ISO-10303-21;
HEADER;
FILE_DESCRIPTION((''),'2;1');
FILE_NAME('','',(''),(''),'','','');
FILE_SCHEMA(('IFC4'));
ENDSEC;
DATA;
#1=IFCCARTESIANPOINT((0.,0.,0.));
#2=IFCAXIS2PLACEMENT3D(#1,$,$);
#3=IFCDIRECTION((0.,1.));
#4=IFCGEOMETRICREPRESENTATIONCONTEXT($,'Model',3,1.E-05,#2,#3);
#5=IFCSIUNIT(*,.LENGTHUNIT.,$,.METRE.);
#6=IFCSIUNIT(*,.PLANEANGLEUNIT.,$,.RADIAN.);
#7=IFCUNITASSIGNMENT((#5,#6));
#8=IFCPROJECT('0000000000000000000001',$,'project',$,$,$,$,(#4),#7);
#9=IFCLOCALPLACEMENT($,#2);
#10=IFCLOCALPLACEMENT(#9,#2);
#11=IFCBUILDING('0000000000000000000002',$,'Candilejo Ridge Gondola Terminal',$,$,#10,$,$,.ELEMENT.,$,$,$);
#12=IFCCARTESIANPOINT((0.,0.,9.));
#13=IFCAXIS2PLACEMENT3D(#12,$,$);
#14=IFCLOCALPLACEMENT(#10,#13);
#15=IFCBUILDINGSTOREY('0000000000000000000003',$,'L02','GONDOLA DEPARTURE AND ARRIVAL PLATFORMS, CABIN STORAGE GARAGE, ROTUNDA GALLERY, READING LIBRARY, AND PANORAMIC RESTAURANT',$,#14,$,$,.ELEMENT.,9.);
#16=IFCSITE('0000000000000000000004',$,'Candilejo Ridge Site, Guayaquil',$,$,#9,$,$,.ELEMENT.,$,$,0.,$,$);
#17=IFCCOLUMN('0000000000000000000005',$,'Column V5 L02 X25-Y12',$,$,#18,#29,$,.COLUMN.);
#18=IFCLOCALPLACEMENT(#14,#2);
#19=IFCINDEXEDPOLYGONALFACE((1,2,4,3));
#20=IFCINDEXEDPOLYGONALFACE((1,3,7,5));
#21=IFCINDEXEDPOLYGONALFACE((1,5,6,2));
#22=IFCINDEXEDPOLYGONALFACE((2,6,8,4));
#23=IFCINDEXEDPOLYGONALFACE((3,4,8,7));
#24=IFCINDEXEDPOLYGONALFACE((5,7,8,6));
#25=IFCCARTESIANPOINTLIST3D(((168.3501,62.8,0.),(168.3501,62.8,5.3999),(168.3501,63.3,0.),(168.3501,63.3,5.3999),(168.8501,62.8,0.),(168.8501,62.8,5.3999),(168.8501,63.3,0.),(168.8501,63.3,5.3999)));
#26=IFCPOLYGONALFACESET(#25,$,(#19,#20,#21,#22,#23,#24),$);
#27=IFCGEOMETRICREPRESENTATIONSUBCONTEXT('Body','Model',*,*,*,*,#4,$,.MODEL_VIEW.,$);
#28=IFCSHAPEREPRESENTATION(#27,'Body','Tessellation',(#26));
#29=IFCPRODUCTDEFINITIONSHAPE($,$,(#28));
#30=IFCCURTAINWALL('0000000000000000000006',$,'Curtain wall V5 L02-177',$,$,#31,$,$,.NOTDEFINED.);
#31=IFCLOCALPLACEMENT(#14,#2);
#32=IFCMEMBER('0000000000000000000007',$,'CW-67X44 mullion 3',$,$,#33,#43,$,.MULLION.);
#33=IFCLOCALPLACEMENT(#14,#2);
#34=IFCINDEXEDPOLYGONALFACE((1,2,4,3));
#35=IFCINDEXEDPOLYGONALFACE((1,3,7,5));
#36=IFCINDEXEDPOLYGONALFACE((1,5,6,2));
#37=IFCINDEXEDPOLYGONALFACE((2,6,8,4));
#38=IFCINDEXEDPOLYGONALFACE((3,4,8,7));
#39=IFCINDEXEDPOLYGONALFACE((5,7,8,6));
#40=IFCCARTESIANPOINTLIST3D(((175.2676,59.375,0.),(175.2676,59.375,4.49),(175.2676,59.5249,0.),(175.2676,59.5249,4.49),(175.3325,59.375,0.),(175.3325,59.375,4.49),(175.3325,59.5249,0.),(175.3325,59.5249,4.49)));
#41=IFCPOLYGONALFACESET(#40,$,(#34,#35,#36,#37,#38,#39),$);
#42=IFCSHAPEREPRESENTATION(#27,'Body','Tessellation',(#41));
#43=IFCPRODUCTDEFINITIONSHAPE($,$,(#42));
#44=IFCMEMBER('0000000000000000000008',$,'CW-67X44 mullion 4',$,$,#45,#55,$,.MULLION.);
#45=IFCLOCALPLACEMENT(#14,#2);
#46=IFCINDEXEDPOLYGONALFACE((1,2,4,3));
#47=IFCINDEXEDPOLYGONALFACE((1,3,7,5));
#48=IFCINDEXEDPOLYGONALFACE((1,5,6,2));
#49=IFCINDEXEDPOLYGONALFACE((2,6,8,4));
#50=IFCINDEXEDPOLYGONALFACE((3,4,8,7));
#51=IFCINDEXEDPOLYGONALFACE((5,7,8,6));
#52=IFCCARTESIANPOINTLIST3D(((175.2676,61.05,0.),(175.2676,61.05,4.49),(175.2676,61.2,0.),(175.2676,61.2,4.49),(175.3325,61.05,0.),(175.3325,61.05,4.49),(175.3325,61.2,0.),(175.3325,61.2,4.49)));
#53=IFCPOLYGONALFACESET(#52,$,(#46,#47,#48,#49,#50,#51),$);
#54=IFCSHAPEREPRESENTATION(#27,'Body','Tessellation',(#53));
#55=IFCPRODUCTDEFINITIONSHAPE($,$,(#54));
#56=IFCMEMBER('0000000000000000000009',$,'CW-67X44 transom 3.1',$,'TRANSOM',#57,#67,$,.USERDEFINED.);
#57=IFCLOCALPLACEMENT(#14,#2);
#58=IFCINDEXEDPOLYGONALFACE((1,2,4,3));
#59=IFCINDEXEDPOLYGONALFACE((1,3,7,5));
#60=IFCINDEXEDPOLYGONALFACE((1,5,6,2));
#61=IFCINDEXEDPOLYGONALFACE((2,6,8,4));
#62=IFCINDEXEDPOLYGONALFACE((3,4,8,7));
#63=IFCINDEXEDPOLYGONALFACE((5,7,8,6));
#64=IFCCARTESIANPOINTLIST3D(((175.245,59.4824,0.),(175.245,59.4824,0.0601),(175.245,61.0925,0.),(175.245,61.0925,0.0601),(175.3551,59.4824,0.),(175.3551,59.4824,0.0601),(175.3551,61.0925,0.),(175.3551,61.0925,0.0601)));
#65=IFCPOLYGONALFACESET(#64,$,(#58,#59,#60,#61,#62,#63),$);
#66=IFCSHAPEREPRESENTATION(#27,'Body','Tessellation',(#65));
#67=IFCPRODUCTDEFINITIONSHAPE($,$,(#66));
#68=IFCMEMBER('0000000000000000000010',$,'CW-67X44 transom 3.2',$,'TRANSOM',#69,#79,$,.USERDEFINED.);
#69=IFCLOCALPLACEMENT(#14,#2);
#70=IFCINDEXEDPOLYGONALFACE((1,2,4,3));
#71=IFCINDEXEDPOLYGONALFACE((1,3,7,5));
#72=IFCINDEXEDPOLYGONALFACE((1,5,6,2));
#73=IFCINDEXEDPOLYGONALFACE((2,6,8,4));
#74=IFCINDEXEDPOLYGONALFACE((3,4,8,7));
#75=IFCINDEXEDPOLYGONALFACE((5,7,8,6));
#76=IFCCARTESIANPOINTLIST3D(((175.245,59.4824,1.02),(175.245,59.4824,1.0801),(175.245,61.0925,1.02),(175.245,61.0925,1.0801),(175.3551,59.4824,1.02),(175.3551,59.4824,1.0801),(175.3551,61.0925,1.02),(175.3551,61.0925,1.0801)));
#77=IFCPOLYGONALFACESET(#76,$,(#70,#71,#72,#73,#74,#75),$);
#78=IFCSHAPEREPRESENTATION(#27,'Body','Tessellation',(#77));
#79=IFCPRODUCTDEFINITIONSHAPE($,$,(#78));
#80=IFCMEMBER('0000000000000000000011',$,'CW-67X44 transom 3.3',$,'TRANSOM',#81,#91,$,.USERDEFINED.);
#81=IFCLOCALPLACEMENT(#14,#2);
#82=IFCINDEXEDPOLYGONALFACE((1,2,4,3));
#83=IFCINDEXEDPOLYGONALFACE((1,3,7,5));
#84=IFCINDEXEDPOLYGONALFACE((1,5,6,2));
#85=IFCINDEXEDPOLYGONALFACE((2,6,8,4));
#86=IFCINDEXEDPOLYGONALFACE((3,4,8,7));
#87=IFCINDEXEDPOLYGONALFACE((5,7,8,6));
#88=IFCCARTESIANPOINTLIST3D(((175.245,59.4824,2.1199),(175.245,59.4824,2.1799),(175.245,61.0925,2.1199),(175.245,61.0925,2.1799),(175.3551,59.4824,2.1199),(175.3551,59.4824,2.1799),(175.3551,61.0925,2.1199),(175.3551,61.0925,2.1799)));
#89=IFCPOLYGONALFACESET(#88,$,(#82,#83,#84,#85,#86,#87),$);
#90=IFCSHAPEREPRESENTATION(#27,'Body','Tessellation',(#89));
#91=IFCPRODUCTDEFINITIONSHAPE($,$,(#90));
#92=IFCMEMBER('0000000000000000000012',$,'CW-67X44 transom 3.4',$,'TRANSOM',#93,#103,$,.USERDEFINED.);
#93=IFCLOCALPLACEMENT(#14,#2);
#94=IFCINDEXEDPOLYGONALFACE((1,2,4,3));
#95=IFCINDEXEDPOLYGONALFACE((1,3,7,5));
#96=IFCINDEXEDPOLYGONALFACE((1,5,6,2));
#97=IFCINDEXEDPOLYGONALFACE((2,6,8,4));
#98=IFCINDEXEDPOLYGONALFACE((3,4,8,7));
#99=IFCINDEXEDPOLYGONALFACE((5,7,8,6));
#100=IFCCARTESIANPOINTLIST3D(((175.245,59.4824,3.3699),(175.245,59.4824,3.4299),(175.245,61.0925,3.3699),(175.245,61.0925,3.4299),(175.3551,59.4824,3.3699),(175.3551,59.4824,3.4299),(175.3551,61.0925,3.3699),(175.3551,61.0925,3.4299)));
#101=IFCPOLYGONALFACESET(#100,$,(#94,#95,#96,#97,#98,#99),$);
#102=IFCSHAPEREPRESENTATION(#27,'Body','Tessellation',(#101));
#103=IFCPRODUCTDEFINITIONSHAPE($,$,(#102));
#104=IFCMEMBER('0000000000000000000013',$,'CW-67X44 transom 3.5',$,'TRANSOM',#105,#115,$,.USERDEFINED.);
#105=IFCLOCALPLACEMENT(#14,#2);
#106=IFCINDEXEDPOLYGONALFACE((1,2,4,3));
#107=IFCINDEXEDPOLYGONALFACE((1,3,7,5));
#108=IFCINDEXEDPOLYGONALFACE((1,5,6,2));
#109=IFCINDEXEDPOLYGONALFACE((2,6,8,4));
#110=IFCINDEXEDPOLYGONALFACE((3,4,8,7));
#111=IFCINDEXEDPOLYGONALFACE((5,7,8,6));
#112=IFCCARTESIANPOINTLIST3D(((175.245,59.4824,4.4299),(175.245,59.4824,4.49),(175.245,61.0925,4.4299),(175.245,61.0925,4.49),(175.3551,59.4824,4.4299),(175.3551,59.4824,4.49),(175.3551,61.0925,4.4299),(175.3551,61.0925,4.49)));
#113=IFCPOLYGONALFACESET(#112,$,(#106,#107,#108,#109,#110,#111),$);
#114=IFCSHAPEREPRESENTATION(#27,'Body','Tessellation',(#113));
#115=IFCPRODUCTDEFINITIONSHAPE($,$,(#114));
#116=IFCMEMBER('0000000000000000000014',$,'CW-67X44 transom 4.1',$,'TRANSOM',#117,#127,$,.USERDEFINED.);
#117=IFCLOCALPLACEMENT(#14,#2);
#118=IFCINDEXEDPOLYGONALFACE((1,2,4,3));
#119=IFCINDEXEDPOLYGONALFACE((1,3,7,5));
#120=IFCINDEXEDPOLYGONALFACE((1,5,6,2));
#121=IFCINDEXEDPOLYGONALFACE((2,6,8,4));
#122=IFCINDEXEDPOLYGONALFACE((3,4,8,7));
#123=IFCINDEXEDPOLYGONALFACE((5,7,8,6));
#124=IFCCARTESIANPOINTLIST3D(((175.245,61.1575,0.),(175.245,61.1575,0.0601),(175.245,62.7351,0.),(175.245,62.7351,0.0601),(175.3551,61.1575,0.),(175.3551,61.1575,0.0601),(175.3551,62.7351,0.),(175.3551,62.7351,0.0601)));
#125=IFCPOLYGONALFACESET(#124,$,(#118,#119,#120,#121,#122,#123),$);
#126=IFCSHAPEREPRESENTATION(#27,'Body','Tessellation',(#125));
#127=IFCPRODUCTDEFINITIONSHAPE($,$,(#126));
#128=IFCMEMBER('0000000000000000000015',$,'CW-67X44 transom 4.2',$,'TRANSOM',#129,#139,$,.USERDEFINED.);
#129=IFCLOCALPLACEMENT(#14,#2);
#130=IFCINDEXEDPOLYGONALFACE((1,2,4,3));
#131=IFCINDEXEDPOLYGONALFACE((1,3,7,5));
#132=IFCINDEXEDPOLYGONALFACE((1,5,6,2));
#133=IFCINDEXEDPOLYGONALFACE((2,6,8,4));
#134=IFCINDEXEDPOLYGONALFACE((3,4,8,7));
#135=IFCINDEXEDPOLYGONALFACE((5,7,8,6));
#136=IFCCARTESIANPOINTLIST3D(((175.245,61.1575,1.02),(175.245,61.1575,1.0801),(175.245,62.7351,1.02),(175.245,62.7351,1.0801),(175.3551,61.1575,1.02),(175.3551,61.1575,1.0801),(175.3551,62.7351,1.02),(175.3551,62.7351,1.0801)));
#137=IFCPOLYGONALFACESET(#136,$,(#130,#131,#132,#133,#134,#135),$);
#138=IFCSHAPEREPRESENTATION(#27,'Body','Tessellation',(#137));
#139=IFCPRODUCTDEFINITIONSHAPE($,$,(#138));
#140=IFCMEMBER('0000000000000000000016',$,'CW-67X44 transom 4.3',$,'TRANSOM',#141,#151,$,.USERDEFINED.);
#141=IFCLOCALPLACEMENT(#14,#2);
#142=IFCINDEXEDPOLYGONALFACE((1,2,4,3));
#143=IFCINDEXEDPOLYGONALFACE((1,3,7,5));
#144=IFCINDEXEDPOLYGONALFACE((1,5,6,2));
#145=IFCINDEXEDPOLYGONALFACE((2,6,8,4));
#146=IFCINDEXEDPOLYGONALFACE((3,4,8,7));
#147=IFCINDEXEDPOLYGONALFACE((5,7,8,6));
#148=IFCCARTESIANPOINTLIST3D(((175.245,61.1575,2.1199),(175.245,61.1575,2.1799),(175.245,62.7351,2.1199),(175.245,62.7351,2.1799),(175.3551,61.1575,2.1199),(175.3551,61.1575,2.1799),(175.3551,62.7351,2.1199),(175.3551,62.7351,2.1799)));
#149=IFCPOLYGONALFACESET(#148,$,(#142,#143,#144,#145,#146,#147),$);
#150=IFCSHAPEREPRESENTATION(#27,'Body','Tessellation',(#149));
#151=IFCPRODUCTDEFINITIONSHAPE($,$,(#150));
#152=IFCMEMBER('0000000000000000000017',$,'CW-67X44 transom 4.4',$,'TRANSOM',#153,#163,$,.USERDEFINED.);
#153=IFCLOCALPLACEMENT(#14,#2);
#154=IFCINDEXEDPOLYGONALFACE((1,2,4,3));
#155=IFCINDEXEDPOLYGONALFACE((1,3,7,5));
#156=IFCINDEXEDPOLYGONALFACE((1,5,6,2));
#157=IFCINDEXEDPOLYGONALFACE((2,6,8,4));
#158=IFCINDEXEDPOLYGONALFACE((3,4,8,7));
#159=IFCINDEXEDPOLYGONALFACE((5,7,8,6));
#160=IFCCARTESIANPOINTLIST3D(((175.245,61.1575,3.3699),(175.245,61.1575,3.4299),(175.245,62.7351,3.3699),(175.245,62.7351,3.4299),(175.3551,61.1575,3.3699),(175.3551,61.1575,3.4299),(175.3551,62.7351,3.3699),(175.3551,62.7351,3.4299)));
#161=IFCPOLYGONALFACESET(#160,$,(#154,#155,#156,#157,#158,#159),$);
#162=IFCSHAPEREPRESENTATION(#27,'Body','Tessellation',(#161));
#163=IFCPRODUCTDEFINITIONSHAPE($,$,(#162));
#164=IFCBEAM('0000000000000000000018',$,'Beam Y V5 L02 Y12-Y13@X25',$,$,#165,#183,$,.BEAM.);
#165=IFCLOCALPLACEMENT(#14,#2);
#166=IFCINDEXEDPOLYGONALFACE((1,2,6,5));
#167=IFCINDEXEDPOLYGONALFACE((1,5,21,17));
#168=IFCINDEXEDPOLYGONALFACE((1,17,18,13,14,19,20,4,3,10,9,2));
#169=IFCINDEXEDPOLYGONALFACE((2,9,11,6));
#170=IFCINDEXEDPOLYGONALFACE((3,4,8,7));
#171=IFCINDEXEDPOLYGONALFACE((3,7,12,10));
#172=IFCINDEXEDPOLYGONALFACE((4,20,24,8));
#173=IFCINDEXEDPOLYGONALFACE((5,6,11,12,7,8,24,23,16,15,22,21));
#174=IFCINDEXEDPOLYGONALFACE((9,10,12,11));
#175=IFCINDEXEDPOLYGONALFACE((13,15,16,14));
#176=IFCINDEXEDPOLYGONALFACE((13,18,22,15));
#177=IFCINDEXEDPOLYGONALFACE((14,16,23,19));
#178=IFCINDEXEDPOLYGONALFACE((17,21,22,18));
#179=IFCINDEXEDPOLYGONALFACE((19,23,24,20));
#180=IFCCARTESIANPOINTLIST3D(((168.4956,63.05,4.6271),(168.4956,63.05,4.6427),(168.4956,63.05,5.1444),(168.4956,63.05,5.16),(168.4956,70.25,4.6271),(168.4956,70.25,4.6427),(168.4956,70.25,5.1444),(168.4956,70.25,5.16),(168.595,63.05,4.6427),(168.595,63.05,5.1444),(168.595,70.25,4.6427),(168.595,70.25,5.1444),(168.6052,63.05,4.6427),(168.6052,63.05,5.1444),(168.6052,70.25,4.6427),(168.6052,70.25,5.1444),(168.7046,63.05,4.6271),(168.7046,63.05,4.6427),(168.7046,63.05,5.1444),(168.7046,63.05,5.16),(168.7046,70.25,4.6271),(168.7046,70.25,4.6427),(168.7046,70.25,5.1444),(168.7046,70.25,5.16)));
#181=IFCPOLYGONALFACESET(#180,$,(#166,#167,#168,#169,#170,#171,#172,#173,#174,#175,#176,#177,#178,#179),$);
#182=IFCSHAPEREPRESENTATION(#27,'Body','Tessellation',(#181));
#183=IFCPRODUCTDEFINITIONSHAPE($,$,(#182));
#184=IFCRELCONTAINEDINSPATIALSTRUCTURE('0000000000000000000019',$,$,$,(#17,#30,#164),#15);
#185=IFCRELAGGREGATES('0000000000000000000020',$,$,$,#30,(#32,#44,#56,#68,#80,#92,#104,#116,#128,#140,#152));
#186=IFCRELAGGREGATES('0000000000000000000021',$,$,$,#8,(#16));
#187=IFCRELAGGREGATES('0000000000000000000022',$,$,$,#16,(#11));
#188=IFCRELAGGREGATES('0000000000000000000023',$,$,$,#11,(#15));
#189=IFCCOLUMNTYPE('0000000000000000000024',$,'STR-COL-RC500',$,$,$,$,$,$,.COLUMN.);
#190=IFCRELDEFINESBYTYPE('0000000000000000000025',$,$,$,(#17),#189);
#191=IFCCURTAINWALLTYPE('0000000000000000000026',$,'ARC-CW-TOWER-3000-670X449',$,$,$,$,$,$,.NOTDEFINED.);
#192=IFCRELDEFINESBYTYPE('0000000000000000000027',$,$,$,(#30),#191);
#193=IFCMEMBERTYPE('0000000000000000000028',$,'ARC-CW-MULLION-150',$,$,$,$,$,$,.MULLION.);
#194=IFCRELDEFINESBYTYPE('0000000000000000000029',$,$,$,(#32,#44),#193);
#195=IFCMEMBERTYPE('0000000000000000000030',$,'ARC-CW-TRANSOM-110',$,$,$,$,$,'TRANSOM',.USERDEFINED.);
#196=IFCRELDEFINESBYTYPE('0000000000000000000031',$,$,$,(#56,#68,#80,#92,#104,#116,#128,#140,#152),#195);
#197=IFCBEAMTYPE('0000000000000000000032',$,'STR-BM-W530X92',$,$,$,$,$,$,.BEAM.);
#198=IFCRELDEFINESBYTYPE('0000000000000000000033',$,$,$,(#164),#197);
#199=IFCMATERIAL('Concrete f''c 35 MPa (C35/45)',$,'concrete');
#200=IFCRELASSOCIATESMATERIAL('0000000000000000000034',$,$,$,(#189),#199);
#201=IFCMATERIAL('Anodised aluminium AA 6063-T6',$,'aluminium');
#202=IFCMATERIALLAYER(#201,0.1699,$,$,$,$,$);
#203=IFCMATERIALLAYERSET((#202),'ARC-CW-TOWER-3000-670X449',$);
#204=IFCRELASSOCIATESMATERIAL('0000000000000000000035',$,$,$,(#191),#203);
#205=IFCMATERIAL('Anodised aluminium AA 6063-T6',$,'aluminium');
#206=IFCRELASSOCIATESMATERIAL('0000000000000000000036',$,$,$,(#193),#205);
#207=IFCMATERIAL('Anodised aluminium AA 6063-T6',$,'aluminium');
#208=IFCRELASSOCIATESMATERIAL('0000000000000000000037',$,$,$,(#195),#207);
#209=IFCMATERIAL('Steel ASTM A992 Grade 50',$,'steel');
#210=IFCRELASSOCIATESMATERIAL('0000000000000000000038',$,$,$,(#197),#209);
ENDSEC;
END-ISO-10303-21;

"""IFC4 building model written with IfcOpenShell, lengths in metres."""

from ifc_helpers import new_model, si_unit, direction, frame, origin, origin_2d, place, context, subcontext, project, spatial, rectangle, i_section, extrude, material, layer, layer_set, material_profile, profile_set, type_object, element, aggregate, save


model = new_model("IFC4")

# Units and contexts
model_context = context("Model", 3, precision=1e-05, world=origin(), true_north=direction((0.0, 1.0)))
body_context = subcontext(model_context, "Body", "Model", "MODEL_VIEW")
ifc_project = project(units=[si_unit("LENGTHUNIT", "METRE"), si_unit("PLANEANGLEUNIT", "RADIAN")], contexts=[model_context])

# Site, building, storey
site_placement = place(None, origin())
site = spatial("IfcSite", under=ifc_project, at=site_placement, Name="Candilejo Ridge Site, Guayaquil", CompositionType="ELEMENT", RefElevation=0.0)
building_placement = place(site_placement, origin())
building = spatial("IfcBuilding", under=site, at=building_placement, Name="Candilejo Ridge Gondola Terminal", CompositionType="ELEMENT")
storey_placement = place(building_placement, frame((0.0, 0.0, 9.0)))
storey = spatial("IfcBuildingStorey", under=building, at=storey_placement, Name="L02", Description="GONDOLA DEPARTURE AND ARRIVAL PLATFORMS, CABIN STORAGE GARAGE, ROTUNDA GALLERY, READING LIBRARY, AND PANORAMIC RESTAURANT", CompositionType="ELEMENT", Elevation=9.0)

# Column
ifc_material_1 = material(Name="Concrete f'c 35 MPa (C35/45)", Category="concrete")
ifc_material_profile_1 = material_profile(ifc_material_1, rectangle(XDim=0.5, YDim=0.5, at=origin_2d()))
ifc_profile_set_1 = profile_set([ifc_material_profile_1], Name="Concrete f'c 35 MPa (C35/45)")
column_type = type_object("IfcColumnType", Name="STR-COL-RC500", PredefinedType="COLUMN", material=ifc_profile_set_1)
column_placement = place(storey_placement, frame((168.6001, 63.05, 0.0), z_axis=(0.0, 0.0, 1.0), x_axis=(1.0, 0.0, 0.0)))
element("IfcColumn", 1, at=column_placement, inside=storey, type_object=column_type, Name="Column V5 L02 X25-Y12", PredefinedType="COLUMN", context=body_context, shape_type="SweptSolid", body=[
    extrude(rectangle(XDim=0.5, YDim=0.5, at=origin_2d()), origin(), (0.0, 0.0, 1.0), 5.3999),
])

# Curtain wall, members
ifc_material_2 = material(Name="Anodised aluminium AA 6063-T6", Category="aluminium")
ifc_layer_1 = layer(ifc_material_2, 0.1699)
ifc_layer_set_1 = layer_set([ifc_layer_1], Name="ARC-CW-TOWER-3000-670X449")
curtain_wall_type = type_object("IfcCurtainWallType", Name="ARC-CW-TOWER-3000-670X449", PredefinedType="NOTDEFINED", material=ifc_layer_set_1)
curtain_wall_placement = place(storey_placement, origin())
curtain_wall = element("IfcCurtainWall", 2, at=curtain_wall_placement, inside=storey, type_object=curtain_wall_type, Name="Curtain wall V5 L02-177", PredefinedType="NOTDEFINED")
ifc_material_3 = material(Name="Anodised aluminium AA 6063-T6", Category="aluminium")
ifc_material_profile_2 = material_profile(ifc_material_3, rectangle(XDim=0.0649, YDim=0.1499, at=origin_2d()))
ifc_profile_set_2 = profile_set([ifc_material_profile_2], Name="Anodised aluminium AA 6063-T6")
member_type_1 = type_object("IfcMemberType", Name="ARC-CW-MULLION-150", PredefinedType="MULLION", material=ifc_profile_set_2)
member_1_placement = place(storey_placement, frame((175.3, 59.45, 0.0), z_axis=(0.0, 0.0, 1.0), x_axis=(-1.0, 0.0, 0.0)))
member_1 = element("IfcMember", 3, at=member_1_placement, type_object=member_type_1, Name="CW-67X44 mullion 3", PredefinedType="MULLION", context=body_context, shape_type="SweptSolid", body=[
    extrude(rectangle(XDim=0.0649, YDim=0.1499, at=origin_2d()), origin(), (0.0, 0.0, 1.0), 4.49),
])
member_2_placement = place(storey_placement, frame((175.3, 61.125, 0.0), z_axis=(0.0, 0.0, 1.0), x_axis=(-1.0, 0.0, 0.0)))
member_2 = element("IfcMember", 4, at=member_2_placement, type_object=member_type_1, Name="CW-67X44 mullion 4", PredefinedType="MULLION", context=body_context, shape_type="SweptSolid", body=[
    extrude(rectangle(XDim=0.0649, YDim=0.1499, at=origin_2d()), origin(), (0.0, 0.0, 1.0), 4.49),
])
ifc_material_4 = material(Name="Anodised aluminium AA 6063-T6", Category="aluminium")
ifc_material_profile_3 = material_profile(ifc_material_4, rectangle(XDim=0.1101, YDim=0.0601, at=origin_2d()))
ifc_profile_set_3 = profile_set([ifc_material_profile_3], Name="Anodised aluminium AA 6063-T6")
member_type_2 = type_object("IfcMemberType", Name="ARC-CW-TRANSOM-110", ElementType="TRANSOM", PredefinedType="USERDEFINED", material=ifc_profile_set_3)
member_3_placement = place(storey_placement, frame((175.3, 59.4824, 0.03), z_axis=(0.0, 1.0, 0.0), x_axis=(-1.0, 0.0, 0.0)))
member_3 = element("IfcMember", 5, at=member_3_placement, type_object=member_type_2, Name="CW-67X44 transom 3.1", ObjectType="TRANSOM", PredefinedType="USERDEFINED", context=body_context, shape_type="SweptSolid", body=[
    extrude(rectangle(XDim=0.1101, YDim=0.0601, at=origin_2d()), origin(), (0.0, 0.0, 1.0), 1.6101),
])
member_4_placement = place(storey_placement, frame((175.3, 59.4824, 1.05), z_axis=(0.0, 1.0, 0.0), x_axis=(-1.0, 0.0, 0.0)))
member_4 = element("IfcMember", 6, at=member_4_placement, type_object=member_type_2, Name="CW-67X44 transom 3.2", ObjectType="TRANSOM", PredefinedType="USERDEFINED", context=body_context, shape_type="SweptSolid", body=[
    extrude(rectangle(XDim=0.1101, YDim=0.0601, at=origin_2d()), origin(), (0.0, 0.0, 1.0), 1.6101),
])
member_5_placement = place(storey_placement, frame((175.3, 59.4824, 2.1499), z_axis=(0.0, 1.0, 0.0), x_axis=(-1.0, 0.0, 0.0)))
member_5 = element("IfcMember", 7, at=member_5_placement, type_object=member_type_2, Name="CW-67X44 transom 3.3", ObjectType="TRANSOM", PredefinedType="USERDEFINED", context=body_context, shape_type="SweptSolid", body=[
    extrude(rectangle(XDim=0.1101, YDim=0.0601, at=origin_2d()), origin(), (0.0, 0.0, 1.0), 1.6101),
])
member_6_placement = place(storey_placement, frame((175.3, 59.4824, 3.3999), z_axis=(0.0, 1.0, 0.0), x_axis=(-1.0, 0.0, 0.0)))
member_6 = element("IfcMember", 8, at=member_6_placement, type_object=member_type_2, Name="CW-67X44 transom 3.4", ObjectType="TRANSOM", PredefinedType="USERDEFINED", context=body_context, shape_type="SweptSolid", body=[
    extrude(rectangle(XDim=0.1101, YDim=0.0601, at=origin_2d()), origin(), (0.0, 0.0, 1.0), 1.6101),
])
member_7_placement = place(storey_placement, frame((175.3, 59.4824, 4.46), z_axis=(0.0, 1.0, 0.0), x_axis=(-1.0, 0.0, 0.0)))
member_7 = element("IfcMember", 9, at=member_7_placement, type_object=member_type_2, Name="CW-67X44 transom 3.5", ObjectType="TRANSOM", PredefinedType="USERDEFINED", context=body_context, shape_type="SweptSolid", body=[
    extrude(rectangle(XDim=0.1101, YDim=0.0601, at=origin_2d()), origin(), (0.0, 0.0, 1.0), 1.6101),
])
member_8_placement = place(storey_placement, frame((175.3, 61.1575, 0.03), z_axis=(0.0, 1.0, 0.0), x_axis=(-1.0, 0.0, 0.0)))
member_8 = element("IfcMember", 10, at=member_8_placement, type_object=member_type_2, Name="CW-67X44 transom 4.1", ObjectType="TRANSOM", PredefinedType="USERDEFINED", context=body_context, shape_type="SweptSolid", body=[
    extrude(rectangle(XDim=0.1101, YDim=0.0601, at=origin_2d()), origin(), (0.0, 0.0, 1.0), 1.5776),
])
member_9_placement = place(storey_placement, frame((175.3, 61.1575, 1.05), z_axis=(0.0, 1.0, 0.0), x_axis=(-1.0, 0.0, 0.0)))
member_9 = element("IfcMember", 11, at=member_9_placement, type_object=member_type_2, Name="CW-67X44 transom 4.2", ObjectType="TRANSOM", PredefinedType="USERDEFINED", context=body_context, shape_type="SweptSolid", body=[
    extrude(rectangle(XDim=0.1101, YDim=0.0601, at=origin_2d()), origin(), (0.0, 0.0, 1.0), 1.5776),
])
member_10_placement = place(storey_placement, frame((175.3, 61.1575, 2.1499), z_axis=(0.0, 1.0, 0.0), x_axis=(-1.0, 0.0, 0.0)))
member_10 = element("IfcMember", 12, at=member_10_placement, type_object=member_type_2, Name="CW-67X44 transom 4.3", ObjectType="TRANSOM", PredefinedType="USERDEFINED", context=body_context, shape_type="SweptSolid", body=[
    extrude(rectangle(XDim=0.1101, YDim=0.0601, at=origin_2d()), origin(), (0.0, 0.0, 1.0), 1.5776),
])
member_11_placement = place(storey_placement, frame((175.3, 61.1575, 3.3999), z_axis=(0.0, 1.0, 0.0), x_axis=(-1.0, 0.0, 0.0)))
member_11 = element("IfcMember", 13, at=member_11_placement, type_object=member_type_2, Name="CW-67X44 transom 4.4", ObjectType="TRANSOM", PredefinedType="USERDEFINED", context=body_context, shape_type="SweptSolid", body=[
    extrude(rectangle(XDim=0.1101, YDim=0.0601, at=origin_2d()), origin(), (0.0, 0.0, 1.0), 1.5776),
])

# Beam
ifc_material_5 = material(Name="Steel ASTM A992 Grade 50", Category="steel")
ifc_material_profile_4 = material_profile(ifc_material_5, i_section(OverallWidth=0.209, OverallDepth=0.533, WebThickness=0.0103, FlangeThickness=0.0156, at=origin_2d()))
ifc_profile_set_4 = profile_set([ifc_material_profile_4], Name="Steel ASTM A992 Grade 50")
beam_type_1 = type_object("IfcBeamType", Name="STR-BM-W530X92", PredefinedType="BEAM", material=ifc_profile_set_4)
beam_1_placement = place(storey_placement, frame((168.6001, 63.05, 4.8936), z_axis=(0.0, 1.0, 0.0), x_axis=(-1.0, 0.0, 0.0)))
element("IfcBeam", 14, at=beam_1_placement, inside=storey, type_object=beam_type_1, Name="Beam Y V5 L02 Y12-Y13@X25", PredefinedType="BEAM", context=body_context, shape_type="SweptSolid", body=[
    extrude(i_section(OverallWidth=0.209, OverallDepth=0.533, WebThickness=0.0103, FlangeThickness=0.0156, at=origin_2d()), origin(), (0.0, 0.0, 1.0), 7.2),
])

aggregate(curtain_wall, [member_1, member_2, member_3, member_4, member_5, member_6, member_7, member_8, member_9, member_10, member_11])

save(model, "model.ifc")
